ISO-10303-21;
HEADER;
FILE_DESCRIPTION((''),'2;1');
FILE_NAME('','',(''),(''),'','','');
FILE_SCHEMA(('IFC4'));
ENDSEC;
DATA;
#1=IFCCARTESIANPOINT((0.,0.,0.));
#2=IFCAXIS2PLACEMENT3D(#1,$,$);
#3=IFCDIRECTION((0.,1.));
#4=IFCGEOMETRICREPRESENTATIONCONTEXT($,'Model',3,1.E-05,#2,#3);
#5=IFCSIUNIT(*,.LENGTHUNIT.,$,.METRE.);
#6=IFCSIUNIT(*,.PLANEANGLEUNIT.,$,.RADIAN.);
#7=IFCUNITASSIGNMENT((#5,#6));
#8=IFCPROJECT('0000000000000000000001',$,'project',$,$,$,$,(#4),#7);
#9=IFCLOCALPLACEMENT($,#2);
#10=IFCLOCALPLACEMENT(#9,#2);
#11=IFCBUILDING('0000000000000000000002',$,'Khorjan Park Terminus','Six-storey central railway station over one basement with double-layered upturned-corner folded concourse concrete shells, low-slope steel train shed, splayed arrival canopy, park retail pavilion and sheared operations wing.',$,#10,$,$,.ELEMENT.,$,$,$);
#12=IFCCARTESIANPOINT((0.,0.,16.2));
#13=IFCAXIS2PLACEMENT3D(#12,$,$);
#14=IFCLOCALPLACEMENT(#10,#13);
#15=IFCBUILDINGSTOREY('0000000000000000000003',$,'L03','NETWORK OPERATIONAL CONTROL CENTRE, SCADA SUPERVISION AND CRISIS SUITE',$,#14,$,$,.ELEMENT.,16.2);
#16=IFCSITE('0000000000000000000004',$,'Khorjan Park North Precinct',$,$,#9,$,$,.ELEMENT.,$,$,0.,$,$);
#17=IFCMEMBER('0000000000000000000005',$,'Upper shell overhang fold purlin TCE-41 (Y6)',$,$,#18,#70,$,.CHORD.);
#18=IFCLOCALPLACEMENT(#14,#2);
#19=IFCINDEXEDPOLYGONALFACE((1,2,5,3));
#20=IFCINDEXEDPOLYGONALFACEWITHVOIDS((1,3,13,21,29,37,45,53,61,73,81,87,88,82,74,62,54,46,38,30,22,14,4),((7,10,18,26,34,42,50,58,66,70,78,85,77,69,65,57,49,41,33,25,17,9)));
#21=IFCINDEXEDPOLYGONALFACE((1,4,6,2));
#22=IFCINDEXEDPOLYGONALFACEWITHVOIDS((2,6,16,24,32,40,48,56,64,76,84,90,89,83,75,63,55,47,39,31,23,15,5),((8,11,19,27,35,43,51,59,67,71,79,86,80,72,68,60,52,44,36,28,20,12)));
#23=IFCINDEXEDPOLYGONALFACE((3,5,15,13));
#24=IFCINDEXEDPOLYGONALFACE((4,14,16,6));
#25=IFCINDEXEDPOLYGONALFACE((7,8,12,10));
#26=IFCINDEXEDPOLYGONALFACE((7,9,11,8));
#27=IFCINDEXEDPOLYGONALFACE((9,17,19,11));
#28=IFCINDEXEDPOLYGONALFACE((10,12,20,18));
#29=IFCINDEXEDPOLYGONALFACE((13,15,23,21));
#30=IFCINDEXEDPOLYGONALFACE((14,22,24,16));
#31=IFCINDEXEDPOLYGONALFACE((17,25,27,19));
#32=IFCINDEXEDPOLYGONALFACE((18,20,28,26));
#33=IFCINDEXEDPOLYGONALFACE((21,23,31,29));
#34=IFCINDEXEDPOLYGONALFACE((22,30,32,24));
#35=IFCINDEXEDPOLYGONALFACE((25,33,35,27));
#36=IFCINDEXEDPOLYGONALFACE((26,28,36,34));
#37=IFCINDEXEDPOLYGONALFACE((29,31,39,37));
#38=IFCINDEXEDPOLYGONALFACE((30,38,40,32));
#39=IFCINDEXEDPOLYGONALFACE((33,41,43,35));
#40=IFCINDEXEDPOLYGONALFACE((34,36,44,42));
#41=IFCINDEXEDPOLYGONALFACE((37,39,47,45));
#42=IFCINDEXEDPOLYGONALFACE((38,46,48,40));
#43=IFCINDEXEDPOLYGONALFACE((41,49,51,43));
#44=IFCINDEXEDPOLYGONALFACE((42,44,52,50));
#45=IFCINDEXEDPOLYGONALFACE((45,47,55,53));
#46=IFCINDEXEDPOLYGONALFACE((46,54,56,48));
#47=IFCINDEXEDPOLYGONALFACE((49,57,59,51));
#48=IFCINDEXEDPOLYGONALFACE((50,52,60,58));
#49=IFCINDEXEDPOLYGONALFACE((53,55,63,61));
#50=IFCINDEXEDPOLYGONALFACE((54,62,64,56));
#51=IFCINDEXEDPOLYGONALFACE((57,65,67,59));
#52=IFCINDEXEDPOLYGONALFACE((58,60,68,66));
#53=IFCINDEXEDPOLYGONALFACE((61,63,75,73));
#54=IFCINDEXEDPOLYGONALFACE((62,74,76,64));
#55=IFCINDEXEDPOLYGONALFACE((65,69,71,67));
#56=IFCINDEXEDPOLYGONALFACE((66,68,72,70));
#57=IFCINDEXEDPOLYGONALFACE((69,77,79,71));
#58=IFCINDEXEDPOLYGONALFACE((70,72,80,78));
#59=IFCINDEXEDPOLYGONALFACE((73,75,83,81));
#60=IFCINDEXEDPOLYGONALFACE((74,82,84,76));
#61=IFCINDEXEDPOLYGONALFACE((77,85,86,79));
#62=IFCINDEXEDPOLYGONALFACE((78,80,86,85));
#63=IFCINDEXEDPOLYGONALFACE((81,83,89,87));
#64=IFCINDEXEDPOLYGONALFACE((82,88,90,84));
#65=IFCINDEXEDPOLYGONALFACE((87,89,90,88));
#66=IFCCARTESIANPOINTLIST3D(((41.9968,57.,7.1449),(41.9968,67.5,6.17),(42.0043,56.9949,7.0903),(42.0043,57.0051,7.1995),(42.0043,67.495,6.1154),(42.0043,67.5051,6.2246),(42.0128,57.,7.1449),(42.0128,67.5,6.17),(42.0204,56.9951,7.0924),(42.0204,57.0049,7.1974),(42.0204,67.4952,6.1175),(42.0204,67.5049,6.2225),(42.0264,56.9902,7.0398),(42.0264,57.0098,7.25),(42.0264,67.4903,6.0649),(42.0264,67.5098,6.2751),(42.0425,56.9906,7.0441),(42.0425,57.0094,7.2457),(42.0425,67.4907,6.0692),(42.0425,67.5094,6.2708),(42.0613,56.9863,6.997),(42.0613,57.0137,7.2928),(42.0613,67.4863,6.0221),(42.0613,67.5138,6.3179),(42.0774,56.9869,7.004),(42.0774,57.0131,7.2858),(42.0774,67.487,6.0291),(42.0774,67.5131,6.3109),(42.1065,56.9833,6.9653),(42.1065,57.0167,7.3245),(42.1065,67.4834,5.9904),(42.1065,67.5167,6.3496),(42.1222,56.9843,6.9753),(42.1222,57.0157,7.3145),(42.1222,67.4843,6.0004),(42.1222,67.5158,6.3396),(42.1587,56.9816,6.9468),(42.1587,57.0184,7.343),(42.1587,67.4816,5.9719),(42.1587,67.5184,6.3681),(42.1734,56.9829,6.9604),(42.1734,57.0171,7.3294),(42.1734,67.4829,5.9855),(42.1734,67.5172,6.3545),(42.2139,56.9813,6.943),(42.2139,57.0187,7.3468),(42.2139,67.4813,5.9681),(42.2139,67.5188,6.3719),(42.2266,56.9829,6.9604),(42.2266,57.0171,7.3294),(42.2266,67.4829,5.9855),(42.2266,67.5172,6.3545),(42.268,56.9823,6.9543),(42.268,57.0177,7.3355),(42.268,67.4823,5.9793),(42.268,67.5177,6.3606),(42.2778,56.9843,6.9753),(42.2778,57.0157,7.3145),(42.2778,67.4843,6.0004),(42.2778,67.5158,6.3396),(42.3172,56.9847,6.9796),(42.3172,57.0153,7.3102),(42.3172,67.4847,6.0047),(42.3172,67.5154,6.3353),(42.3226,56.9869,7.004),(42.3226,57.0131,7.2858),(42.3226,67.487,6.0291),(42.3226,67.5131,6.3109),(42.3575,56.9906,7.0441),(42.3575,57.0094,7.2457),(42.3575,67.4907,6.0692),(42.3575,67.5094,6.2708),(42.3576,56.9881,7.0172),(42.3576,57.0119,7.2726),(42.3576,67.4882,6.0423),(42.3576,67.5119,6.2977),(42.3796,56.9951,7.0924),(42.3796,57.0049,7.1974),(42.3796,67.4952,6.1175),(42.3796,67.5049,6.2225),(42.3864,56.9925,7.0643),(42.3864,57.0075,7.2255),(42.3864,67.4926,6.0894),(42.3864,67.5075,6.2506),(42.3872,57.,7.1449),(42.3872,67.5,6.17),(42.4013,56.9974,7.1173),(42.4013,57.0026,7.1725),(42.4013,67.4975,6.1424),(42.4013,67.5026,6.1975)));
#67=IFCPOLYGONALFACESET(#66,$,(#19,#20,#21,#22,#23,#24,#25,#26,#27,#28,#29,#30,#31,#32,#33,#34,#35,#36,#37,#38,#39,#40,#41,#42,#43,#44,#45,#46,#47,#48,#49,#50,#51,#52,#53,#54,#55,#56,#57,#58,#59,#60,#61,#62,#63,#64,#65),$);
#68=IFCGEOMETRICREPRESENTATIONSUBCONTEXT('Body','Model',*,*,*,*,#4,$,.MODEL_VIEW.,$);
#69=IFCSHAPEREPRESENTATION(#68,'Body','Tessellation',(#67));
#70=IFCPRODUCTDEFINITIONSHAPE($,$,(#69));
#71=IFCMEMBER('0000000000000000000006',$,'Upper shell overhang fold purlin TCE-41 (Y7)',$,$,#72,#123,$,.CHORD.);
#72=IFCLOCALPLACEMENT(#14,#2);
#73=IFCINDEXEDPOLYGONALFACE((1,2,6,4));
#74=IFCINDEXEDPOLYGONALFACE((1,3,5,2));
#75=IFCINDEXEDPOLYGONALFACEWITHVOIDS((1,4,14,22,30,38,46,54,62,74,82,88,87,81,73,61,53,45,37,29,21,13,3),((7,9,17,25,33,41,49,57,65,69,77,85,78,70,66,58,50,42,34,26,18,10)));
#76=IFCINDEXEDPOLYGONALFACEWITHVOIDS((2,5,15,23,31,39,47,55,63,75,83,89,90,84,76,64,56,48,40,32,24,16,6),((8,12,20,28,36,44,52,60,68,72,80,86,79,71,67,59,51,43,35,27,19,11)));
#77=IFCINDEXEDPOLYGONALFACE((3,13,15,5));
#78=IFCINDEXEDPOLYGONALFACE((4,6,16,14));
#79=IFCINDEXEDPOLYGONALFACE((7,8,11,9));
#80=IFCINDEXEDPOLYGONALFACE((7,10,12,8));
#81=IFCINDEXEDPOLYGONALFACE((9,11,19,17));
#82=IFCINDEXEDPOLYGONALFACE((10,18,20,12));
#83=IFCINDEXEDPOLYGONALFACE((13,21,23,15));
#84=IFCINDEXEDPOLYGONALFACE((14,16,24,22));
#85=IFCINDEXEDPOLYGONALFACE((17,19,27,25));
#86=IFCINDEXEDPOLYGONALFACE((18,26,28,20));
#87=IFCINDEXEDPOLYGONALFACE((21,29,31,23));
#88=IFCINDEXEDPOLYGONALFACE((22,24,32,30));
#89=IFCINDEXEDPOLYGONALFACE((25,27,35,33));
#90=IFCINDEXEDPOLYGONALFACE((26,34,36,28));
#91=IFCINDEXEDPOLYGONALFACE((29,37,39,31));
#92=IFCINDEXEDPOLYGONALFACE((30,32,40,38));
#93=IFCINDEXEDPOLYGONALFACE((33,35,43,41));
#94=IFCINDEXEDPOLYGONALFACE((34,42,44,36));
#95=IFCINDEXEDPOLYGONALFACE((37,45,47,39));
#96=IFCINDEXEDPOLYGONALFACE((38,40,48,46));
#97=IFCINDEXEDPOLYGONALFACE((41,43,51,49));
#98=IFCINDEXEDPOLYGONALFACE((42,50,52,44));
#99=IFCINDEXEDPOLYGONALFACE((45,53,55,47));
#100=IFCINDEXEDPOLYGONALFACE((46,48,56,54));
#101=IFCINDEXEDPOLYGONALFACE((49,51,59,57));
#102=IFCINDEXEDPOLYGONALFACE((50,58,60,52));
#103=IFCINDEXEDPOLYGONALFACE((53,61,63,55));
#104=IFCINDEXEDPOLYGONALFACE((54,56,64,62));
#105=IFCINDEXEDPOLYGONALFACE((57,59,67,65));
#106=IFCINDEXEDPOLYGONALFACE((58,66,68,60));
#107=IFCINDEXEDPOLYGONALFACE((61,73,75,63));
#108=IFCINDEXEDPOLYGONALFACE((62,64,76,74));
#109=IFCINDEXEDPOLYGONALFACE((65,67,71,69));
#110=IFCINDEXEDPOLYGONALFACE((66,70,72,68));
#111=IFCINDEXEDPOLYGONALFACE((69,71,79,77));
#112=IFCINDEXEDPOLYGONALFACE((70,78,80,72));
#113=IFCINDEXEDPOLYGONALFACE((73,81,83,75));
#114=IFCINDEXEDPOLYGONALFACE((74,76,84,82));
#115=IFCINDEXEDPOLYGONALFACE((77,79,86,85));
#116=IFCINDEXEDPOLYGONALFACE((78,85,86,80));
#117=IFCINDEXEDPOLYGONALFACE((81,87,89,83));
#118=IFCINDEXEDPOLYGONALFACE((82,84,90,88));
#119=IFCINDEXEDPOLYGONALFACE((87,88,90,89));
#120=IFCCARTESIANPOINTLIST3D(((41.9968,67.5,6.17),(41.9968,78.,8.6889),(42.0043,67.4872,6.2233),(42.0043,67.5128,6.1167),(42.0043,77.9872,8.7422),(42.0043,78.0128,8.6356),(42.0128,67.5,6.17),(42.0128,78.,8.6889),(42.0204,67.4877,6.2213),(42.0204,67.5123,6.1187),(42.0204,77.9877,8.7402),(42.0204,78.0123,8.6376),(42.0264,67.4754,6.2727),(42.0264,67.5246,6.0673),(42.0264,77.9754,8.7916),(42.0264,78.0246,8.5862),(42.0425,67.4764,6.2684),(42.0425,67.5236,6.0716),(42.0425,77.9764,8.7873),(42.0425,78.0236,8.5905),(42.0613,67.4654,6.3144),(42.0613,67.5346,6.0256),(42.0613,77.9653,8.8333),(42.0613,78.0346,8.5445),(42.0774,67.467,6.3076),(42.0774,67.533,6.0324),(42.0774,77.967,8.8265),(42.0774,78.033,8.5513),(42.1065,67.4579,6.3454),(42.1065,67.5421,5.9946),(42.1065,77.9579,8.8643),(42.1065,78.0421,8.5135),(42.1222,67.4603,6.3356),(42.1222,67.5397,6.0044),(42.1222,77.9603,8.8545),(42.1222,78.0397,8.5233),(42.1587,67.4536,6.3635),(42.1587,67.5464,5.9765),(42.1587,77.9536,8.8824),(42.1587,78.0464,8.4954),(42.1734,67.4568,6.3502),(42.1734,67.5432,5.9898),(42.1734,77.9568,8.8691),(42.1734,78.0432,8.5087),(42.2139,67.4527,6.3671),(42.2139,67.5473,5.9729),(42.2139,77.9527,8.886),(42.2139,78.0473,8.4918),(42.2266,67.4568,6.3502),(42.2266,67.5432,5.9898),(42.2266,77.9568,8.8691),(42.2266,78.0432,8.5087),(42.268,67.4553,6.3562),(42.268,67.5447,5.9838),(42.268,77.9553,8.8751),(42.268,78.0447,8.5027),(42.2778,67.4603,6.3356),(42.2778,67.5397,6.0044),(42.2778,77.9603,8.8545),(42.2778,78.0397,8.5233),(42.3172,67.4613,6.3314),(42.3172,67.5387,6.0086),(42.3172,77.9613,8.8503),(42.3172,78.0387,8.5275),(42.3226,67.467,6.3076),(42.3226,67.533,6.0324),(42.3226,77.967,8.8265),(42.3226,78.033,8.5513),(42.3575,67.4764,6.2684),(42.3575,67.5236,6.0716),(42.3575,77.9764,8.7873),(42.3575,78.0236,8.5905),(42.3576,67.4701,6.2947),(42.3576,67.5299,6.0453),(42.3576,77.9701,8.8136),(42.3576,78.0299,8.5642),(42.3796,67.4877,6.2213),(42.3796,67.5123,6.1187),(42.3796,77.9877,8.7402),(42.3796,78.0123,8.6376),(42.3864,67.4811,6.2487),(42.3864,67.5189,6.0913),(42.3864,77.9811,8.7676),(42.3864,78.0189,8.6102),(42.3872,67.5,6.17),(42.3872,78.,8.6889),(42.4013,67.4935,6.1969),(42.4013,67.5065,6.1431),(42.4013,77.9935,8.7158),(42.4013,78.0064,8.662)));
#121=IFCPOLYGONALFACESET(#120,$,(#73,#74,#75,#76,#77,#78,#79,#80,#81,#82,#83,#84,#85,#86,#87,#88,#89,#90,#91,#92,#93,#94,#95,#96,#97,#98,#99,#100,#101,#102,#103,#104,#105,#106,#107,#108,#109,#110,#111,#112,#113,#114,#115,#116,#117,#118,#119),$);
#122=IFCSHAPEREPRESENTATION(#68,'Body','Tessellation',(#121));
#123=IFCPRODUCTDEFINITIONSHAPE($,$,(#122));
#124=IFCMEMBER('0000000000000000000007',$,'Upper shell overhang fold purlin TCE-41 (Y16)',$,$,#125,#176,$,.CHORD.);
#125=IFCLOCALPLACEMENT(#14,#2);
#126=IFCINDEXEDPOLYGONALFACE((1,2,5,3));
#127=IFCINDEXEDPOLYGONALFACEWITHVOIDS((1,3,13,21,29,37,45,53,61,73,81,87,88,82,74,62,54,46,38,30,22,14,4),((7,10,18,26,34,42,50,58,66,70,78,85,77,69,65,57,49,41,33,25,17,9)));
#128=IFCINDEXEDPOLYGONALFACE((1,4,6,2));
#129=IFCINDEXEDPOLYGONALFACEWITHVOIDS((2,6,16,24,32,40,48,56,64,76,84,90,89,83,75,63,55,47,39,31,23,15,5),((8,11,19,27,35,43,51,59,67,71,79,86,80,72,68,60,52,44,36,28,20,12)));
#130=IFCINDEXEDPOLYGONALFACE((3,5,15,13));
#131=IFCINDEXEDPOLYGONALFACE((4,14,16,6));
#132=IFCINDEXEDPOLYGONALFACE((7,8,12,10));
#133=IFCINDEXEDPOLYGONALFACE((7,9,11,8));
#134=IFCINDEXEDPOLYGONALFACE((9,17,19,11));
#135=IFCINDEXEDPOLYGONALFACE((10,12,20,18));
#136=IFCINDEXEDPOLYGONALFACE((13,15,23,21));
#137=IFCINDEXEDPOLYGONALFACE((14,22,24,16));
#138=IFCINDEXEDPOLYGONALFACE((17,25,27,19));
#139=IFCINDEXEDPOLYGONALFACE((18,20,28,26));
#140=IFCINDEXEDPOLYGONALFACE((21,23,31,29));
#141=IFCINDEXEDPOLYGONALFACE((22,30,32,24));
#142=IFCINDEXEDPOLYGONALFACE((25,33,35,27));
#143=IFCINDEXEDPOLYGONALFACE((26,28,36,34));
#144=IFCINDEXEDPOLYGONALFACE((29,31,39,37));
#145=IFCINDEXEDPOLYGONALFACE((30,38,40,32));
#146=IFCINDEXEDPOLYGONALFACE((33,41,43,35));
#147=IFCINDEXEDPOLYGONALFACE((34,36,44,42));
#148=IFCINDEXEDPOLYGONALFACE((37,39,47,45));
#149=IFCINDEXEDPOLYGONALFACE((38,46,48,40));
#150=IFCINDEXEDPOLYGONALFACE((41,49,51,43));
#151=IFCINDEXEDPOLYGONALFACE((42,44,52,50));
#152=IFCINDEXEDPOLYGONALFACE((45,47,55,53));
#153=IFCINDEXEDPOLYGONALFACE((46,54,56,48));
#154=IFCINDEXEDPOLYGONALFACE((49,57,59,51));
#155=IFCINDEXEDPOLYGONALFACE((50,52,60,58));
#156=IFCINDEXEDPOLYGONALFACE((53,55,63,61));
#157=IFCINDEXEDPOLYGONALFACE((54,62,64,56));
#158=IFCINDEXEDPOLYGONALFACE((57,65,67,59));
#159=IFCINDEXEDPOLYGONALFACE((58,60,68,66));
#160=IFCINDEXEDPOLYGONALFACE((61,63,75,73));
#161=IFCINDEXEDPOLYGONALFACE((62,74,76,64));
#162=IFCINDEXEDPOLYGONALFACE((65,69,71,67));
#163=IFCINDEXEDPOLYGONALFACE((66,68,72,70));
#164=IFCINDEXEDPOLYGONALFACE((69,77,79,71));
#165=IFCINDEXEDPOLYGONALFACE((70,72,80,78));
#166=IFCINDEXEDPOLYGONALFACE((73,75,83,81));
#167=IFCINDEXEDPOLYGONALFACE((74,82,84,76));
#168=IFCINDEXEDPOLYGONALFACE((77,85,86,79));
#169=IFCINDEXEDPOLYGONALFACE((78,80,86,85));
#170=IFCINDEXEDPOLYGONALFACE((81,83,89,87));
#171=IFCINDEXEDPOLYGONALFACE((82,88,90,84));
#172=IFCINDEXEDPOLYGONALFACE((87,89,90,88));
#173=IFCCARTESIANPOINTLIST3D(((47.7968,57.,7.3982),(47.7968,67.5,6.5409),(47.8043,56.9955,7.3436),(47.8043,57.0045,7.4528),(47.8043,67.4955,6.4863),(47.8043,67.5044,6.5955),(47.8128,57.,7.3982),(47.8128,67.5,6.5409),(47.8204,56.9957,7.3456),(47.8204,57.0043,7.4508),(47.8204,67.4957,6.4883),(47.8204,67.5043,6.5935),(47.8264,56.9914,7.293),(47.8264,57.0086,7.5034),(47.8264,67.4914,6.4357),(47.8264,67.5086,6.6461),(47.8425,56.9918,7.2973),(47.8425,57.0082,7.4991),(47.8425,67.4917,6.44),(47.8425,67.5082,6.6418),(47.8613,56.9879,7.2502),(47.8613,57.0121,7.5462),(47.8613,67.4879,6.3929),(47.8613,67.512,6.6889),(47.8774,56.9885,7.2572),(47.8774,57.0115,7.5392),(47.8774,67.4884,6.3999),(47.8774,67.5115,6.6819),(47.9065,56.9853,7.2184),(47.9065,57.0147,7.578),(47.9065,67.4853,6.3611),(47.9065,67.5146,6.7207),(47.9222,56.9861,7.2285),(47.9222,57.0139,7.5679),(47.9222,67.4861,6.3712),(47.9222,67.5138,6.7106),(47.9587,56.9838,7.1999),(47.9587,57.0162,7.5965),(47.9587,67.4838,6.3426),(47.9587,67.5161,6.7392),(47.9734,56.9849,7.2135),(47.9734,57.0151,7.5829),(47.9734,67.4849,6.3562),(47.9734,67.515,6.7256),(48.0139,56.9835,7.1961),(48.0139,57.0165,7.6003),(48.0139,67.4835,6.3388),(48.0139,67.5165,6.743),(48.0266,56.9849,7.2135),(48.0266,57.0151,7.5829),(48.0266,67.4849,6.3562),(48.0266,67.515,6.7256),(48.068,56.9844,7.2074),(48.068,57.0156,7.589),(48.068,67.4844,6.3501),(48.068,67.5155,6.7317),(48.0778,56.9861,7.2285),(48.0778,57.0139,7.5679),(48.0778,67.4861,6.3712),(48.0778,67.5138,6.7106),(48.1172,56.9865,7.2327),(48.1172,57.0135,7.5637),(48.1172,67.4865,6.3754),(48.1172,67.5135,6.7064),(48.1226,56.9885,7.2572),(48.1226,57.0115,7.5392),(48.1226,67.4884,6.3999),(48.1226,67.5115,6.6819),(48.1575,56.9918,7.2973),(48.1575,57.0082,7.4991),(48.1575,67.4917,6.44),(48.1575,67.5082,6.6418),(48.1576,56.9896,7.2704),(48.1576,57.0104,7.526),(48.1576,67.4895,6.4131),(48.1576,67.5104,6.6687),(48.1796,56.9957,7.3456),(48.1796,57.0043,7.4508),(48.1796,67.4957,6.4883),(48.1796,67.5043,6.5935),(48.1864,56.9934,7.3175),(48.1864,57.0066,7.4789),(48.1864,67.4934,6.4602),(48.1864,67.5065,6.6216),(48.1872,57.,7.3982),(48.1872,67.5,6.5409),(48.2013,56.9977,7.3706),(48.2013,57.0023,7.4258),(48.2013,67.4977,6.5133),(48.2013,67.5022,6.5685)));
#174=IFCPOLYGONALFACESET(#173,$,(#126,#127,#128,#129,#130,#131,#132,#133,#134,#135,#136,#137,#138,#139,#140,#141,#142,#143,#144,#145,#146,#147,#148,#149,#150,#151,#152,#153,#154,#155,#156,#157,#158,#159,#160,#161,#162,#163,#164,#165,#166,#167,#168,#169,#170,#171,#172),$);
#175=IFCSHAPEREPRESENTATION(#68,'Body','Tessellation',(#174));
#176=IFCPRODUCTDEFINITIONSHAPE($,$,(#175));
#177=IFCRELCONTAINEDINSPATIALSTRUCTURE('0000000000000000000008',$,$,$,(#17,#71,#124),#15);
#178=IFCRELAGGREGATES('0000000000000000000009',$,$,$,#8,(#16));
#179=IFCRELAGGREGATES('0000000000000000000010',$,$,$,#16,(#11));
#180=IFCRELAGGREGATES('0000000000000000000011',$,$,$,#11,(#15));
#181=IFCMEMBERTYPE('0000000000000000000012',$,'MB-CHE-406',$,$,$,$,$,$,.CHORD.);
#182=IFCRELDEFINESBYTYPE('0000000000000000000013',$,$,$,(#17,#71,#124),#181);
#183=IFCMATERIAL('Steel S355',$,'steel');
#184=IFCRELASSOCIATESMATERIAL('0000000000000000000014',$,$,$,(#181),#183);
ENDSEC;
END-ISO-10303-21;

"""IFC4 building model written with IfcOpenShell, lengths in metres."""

from ifc_helpers import new_model, si_unit, direction, frame, origin, origin_2d, place, context, subcontext, project, spatial, hollow_circle, extrude, material, material_profile, profile_set, type_object, element, save


model = new_model("IFC4")

# Units and contexts
model_context = context("Model", 3, precision=1e-05, world=origin(), true_north=direction((0.0, 1.0)))
body_context = subcontext(model_context, "Body", "Model", "MODEL_VIEW")
ifc_project = project(units=[si_unit("LENGTHUNIT", "METRE"), si_unit("PLANEANGLEUNIT", "RADIAN")], contexts=[model_context])

# Site, building, storey
site_placement = place(None, origin())
site = spatial("IfcSite", under=ifc_project, at=site_placement, Name="Khorjan Park North Precinct", CompositionType="ELEMENT", RefElevation=0.0)
building_placement = place(site_placement, origin())
building = spatial("IfcBuilding", under=site, at=building_placement, Name="Khorjan Park Terminus", Description="Six-storey central railway station over one basement with double-layered upturned-corner folded concourse concrete shells, low-slope steel train shed, splayed arrival canopy, park retail pavilion and sheared operations wing.", CompositionType="ELEMENT")
storey_placement = place(building_placement, frame((0.0, 0.0, 16.2)))
storey = spatial("IfcBuildingStorey", under=building, at=storey_placement, Name="L03", Description="NETWORK OPERATIONAL CONTROL CENTRE, SCADA SUPERVISION AND CRISIS SUITE", CompositionType="ELEMENT", Elevation=16.2)

# Members
ifc_material_1 = material(Name="Steel S355", Category="steel")
ifc_material_profile_1 = material_profile(ifc_material_1, hollow_circle(Radius=0.2032, WallThickness=0.016, at=origin_2d()), Name="CHS 406.4x16")
ifc_profile_set_1 = profile_set([ifc_material_profile_1], Name="Steel S355")
member_type_1 = type_object("IfcMemberType", Name="MB-CHE-406", PredefinedType="CHORD", material=ifc_profile_set_1)
member_1_placement = place(storey_placement, frame((42.2, 57.0, 7.1449), z_axis=(0.0, 0.995717, -0.09245), x_axis=(-1.0, 0.0, 0.0)))
element("IfcMember", 1, at=member_1_placement, inside=storey, type_object=member_type_1, Name="Upper shell overhang fold purlin TCE-41 (Y6)", PredefinedType="CHORD", context=body_context, shape_type="SweptSolid", body=[
    extrude(hollow_circle(Radius=0.2032, WallThickness=0.016, at=origin_2d()), origin(), (0.0, 0.0, 1.0), 10.5452),
])
member_2_placement = place(storey_placement, frame((42.2, 67.5, 6.17), z_axis=(0.0, 0.97241, 0.233277), x_axis=(-1.0, 0.0, 0.0)))
element("IfcMember", 2, at=member_2_placement, inside=storey, type_object=member_type_1, Name="Upper shell overhang fold purlin TCE-41 (Y7)", PredefinedType="CHORD", context=body_context, shape_type="SweptSolid", body=[
    extrude(hollow_circle(Radius=0.2032, WallThickness=0.016, at=origin_2d()), origin(), (0.0, 0.0, 1.0), 10.7979),
])
member_3_placement = place(storey_placement, frame((48.0, 57.0, 7.3982), z_axis=(0.0, 0.996683, -0.081377), x_axis=(-1.0, 0.0, 0.0)))
element("IfcMember", 3, at=member_3_placement, inside=storey, type_object=member_type_1, Name="Upper shell overhang fold purlin TCE-41 (Y16)", PredefinedType="CHORD", context=body_context, shape_type="SweptSolid", body=[
    extrude(hollow_circle(Radius=0.2032, WallThickness=0.016, at=origin_2d()), origin(), (0.0, 0.0, 1.0), 10.5349),
])

save(model, "model.ifc")
